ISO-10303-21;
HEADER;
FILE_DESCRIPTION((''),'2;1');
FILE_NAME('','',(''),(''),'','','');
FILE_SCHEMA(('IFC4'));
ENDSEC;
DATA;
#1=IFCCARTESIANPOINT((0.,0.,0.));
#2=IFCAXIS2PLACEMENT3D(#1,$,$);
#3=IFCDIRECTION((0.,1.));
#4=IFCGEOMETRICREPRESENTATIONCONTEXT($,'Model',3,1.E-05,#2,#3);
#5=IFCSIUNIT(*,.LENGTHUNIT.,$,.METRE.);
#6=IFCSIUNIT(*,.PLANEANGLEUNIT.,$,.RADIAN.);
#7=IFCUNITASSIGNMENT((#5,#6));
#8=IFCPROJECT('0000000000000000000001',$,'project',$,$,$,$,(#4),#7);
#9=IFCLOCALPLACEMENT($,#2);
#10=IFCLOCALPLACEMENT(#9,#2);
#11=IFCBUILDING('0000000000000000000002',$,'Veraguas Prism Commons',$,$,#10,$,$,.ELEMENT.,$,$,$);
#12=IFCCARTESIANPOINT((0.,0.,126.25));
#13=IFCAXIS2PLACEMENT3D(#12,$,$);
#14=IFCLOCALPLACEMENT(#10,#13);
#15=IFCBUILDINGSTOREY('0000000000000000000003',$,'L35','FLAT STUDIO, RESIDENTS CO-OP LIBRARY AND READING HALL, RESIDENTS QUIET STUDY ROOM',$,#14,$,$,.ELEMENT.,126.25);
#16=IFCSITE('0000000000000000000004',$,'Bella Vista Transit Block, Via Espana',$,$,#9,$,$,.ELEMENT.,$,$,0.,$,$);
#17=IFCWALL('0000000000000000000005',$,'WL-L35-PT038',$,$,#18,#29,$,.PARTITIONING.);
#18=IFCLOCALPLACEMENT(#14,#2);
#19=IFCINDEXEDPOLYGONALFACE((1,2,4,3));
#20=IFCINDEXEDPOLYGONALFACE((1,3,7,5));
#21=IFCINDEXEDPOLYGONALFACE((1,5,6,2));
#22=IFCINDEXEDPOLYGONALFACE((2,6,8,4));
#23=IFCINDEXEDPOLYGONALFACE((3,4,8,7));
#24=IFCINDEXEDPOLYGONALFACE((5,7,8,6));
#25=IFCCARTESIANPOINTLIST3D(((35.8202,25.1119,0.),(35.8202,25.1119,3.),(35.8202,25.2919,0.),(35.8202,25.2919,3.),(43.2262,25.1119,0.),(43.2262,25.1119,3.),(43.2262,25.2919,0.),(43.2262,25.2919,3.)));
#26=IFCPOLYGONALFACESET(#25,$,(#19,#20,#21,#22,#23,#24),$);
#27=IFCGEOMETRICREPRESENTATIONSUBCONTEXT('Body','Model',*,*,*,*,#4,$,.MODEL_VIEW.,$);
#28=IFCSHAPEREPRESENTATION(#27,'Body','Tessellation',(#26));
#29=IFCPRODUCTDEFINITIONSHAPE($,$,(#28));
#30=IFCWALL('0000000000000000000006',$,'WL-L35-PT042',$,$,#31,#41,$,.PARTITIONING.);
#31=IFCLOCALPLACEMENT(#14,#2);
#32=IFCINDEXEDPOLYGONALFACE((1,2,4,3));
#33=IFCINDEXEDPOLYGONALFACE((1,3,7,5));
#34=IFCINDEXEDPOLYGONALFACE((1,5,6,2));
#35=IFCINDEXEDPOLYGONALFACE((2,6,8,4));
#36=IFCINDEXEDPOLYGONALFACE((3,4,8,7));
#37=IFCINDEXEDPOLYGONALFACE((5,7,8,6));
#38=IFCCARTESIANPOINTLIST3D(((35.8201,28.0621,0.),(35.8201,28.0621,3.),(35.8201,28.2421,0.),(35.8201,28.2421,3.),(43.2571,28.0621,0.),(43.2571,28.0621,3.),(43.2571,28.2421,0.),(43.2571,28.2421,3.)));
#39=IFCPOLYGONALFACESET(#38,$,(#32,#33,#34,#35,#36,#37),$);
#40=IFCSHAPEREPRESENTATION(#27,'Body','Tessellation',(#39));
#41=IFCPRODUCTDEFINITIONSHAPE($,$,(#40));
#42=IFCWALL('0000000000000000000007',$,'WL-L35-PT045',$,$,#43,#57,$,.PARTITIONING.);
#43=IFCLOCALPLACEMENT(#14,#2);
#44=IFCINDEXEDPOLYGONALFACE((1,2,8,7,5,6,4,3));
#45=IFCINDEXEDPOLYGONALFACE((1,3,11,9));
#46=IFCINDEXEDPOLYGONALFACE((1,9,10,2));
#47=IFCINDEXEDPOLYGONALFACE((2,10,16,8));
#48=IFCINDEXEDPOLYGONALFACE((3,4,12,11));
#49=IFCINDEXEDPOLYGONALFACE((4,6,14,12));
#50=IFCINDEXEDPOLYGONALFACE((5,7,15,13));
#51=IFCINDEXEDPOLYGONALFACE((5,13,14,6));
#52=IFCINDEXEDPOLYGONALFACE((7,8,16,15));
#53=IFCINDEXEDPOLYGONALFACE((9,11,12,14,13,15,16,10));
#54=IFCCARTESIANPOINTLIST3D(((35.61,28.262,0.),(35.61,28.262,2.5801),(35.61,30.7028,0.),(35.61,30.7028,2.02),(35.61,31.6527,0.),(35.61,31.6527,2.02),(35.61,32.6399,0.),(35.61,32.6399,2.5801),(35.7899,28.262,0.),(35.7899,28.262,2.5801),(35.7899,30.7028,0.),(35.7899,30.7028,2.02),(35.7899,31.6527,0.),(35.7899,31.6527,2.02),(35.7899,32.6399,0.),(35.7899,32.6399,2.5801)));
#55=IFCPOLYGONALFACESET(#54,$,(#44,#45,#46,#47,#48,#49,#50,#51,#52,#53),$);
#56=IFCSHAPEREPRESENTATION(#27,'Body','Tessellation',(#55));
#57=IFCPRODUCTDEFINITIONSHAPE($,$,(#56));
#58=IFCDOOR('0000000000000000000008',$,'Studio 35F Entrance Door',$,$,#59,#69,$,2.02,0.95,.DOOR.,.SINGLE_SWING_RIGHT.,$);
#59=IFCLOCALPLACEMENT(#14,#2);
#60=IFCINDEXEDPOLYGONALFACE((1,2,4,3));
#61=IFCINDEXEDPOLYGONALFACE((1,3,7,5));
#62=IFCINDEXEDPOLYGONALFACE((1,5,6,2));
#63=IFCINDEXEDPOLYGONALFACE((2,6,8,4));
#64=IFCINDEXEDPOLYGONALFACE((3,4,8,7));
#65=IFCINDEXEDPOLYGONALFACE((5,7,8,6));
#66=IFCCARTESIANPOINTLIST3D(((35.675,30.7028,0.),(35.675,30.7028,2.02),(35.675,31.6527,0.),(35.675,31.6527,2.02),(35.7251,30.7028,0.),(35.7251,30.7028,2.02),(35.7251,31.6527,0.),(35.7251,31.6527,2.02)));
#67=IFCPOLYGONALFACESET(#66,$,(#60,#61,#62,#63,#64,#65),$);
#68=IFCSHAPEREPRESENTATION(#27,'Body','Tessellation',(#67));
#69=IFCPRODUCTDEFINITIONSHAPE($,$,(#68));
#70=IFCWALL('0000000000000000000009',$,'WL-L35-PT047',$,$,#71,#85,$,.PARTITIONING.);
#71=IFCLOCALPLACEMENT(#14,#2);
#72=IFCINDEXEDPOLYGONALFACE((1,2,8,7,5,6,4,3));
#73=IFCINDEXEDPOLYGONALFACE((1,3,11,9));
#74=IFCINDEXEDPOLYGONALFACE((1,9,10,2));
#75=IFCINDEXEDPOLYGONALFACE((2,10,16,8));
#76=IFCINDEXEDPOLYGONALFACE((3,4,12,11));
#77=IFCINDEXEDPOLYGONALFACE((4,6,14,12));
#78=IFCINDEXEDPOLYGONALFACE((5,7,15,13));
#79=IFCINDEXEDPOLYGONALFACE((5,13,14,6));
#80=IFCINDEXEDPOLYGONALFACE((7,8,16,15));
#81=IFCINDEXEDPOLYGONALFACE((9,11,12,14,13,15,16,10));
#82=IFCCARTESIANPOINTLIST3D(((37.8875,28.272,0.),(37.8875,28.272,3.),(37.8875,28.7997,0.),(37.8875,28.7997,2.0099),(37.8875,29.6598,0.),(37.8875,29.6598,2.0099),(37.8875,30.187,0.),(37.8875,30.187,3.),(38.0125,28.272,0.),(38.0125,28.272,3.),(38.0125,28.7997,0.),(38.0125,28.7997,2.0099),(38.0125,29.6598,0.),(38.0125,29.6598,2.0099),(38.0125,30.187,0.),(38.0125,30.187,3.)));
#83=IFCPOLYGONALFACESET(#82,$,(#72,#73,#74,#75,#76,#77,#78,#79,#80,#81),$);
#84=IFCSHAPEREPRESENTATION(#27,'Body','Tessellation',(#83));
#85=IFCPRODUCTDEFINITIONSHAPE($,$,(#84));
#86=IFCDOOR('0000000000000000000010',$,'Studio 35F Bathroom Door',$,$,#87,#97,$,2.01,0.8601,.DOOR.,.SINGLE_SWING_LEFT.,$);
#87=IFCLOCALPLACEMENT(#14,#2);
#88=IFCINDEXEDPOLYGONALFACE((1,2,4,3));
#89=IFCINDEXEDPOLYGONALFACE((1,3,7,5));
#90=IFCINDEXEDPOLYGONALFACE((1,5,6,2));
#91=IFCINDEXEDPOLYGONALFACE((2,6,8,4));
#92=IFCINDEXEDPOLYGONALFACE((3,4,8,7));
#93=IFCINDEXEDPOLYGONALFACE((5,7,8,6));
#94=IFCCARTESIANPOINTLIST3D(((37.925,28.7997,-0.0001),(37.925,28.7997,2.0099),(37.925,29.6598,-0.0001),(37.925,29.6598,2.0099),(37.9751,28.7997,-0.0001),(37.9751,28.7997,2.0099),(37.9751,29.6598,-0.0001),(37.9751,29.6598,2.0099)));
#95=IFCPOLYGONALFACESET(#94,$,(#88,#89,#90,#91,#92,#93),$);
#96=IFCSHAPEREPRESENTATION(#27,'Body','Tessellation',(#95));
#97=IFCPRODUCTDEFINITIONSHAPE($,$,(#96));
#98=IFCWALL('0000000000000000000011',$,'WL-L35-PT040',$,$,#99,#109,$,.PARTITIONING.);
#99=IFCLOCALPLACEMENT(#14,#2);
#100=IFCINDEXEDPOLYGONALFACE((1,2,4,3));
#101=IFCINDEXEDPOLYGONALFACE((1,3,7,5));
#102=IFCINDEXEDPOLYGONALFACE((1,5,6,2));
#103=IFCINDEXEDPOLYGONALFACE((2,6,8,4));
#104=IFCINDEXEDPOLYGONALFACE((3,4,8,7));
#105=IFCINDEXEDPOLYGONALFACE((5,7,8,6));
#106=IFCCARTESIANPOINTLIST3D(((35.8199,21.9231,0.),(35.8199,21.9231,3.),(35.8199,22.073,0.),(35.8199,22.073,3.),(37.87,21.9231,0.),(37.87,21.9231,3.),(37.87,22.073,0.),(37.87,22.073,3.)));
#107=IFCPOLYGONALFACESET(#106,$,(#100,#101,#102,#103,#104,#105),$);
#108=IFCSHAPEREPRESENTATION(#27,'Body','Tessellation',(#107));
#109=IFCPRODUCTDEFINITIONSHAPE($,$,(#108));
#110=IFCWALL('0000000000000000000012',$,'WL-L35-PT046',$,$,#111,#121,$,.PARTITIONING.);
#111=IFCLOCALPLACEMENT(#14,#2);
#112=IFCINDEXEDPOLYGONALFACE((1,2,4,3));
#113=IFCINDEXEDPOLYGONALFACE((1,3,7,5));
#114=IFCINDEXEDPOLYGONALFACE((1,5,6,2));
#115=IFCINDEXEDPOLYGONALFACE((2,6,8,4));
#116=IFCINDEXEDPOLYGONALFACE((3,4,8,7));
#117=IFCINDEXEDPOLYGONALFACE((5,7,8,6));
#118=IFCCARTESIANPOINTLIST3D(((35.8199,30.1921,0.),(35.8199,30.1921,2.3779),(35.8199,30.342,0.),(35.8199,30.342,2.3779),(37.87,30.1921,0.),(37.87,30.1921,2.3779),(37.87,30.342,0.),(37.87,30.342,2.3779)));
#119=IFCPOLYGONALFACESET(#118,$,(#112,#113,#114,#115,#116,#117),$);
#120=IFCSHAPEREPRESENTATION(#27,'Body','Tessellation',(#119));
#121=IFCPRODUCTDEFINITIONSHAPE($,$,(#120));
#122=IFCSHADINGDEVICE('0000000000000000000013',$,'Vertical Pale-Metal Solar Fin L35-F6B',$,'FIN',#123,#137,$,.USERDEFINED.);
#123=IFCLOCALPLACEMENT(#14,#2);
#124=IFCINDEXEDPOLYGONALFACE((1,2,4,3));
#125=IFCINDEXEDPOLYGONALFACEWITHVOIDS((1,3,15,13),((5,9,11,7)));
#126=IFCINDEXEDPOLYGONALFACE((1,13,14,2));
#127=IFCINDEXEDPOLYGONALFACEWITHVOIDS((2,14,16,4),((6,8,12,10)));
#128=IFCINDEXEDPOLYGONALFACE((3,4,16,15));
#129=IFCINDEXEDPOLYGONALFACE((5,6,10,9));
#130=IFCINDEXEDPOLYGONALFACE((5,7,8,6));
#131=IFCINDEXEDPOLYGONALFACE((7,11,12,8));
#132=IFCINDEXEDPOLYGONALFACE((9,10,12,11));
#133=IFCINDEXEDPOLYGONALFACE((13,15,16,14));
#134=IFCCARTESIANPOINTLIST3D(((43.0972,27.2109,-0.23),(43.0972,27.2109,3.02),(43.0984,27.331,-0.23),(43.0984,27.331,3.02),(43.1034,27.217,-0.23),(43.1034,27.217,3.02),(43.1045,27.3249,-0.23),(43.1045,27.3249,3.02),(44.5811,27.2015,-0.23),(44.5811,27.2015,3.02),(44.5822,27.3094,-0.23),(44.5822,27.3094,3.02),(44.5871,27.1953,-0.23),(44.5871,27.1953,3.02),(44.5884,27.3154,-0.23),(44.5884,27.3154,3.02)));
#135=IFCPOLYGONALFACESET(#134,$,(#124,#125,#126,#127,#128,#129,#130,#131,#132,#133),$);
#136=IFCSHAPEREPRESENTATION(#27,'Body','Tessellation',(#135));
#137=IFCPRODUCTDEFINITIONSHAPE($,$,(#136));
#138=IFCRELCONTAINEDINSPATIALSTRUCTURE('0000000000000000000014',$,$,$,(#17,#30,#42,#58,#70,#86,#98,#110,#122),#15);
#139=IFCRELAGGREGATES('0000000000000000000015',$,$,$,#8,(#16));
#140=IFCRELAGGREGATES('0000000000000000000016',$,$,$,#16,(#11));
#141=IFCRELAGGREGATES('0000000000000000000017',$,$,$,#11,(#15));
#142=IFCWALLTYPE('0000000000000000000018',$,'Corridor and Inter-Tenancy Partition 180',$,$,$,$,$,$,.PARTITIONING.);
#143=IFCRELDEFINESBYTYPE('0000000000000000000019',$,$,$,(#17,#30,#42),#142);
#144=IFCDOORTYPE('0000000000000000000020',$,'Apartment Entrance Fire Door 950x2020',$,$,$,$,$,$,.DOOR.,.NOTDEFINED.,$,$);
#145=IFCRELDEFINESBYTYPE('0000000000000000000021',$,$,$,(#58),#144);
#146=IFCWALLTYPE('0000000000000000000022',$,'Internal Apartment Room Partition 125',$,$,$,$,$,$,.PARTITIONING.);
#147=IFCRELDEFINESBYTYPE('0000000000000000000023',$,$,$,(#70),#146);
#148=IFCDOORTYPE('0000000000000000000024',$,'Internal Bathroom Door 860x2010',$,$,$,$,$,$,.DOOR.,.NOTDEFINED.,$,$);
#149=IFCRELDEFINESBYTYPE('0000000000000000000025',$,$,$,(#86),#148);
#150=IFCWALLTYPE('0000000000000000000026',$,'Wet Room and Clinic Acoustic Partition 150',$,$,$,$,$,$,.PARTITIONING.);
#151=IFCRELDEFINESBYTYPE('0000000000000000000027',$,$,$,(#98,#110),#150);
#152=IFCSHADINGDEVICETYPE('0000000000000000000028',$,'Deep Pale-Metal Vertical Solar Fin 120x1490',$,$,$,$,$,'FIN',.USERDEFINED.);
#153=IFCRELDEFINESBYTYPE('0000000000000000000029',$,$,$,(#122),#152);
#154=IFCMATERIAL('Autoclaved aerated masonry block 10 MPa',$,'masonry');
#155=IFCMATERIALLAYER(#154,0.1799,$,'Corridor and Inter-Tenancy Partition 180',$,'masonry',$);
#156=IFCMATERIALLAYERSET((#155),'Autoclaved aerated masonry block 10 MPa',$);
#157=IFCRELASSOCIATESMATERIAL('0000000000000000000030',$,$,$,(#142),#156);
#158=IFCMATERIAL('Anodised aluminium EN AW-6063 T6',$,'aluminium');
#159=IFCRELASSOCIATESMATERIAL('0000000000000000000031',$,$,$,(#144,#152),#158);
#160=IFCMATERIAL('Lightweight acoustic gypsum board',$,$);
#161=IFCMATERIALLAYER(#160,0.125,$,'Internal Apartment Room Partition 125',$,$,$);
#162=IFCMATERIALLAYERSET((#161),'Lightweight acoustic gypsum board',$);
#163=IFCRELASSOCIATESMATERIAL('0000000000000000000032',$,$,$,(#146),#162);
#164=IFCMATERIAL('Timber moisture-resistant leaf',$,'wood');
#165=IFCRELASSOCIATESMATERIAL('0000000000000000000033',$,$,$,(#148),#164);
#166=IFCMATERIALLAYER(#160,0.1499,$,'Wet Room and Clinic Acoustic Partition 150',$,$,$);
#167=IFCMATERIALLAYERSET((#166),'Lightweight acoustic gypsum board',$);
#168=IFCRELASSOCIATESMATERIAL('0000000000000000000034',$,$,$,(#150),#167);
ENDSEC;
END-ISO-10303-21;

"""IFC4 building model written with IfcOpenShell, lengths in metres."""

from ifc_helpers import new_model, si_unit, direction, frame, frame_2d, origin, origin_2d, place, context, subcontext, project, spatial, rectangle, hollow_rectangle, extrude, source, transform, mapped, material, layer, layer_set, material_profile, profile_set, type_object, element, fill, save


model = new_model("IFC4")

# Units and contexts
model_context = context("Model", 3, precision=1e-05, world=origin(), true_north=direction((0.0, 1.0)))
body_context = subcontext(model_context, "Body", "Model", "MODEL_VIEW")
ifc_project = project(units=[si_unit("LENGTHUNIT", "METRE"), si_unit("PLANEANGLEUNIT", "RADIAN")], contexts=[model_context])

# Site, building, storey
site_placement = place(None, origin())
site = spatial("IfcSite", under=ifc_project, at=site_placement, Name="Bella Vista Transit Block, Via Espana", CompositionType="ELEMENT", RefElevation=0.0)
building_placement = place(site_placement, origin())
building = spatial("IfcBuilding", under=site, at=building_placement, Name="Veraguas Prism Commons", CompositionType="ELEMENT")
storey_placement = place(building_placement, frame((0.0, 0.0, 126.25)))
storey = spatial("IfcBuildingStorey", under=building, at=storey_placement, Name="L35", Description="FLAT STUDIO, RESIDENTS CO-OP LIBRARY AND READING HALL, RESIDENTS QUIET STUDY ROOM", CompositionType="ELEMENT", Elevation=126.25)

# Shared definitions
ifc_material_1 = material(Name="Anodised aluminium EN AW-6063 T6", Category="aluminium")

# Walls
ifc_material_2 = material(Name="Autoclaved aerated masonry block 10 MPa", Category="masonry")
ifc_layer_1 = layer(ifc_material_2, 0.1799, Name="Corridor and Inter-Tenancy Partition 180", Category="masonry")
ifc_layer_set_1 = layer_set([ifc_layer_1], Name="Autoclaved aerated masonry block 10 MPa")
wall_type_1 = type_object("IfcWallType", Name="Corridor and Inter-Tenancy Partition 180", PredefinedType="PARTITIONING", material=ifc_layer_set_1)
wall_1_placement = place(storey_placement, frame((35.8201, 25.2019, 0.0), z_axis=(0.0, 0.0, 1.0), x_axis=(1.0, 0.0, 0.0)))
element("IfcWall", 1, at=wall_1_placement, inside=storey, type_object=wall_type_1, Name="WL-L35-PT038", PredefinedType="PARTITIONING", context=body_context, shape_type="SweptSolid", body=[
    extrude(rectangle(XDim=7.406, YDim=0.1799, at=frame_2d((3.7031, 0.0))), origin(), (0.0, 0.0, 1.0), 3.0),
])
wall_2_placement = place(storey_placement, frame((35.8201, 28.1521, 0.0), z_axis=(0.0, 0.0, 1.0), x_axis=(1.0, 0.0, 0.0)))
element("IfcWall", 2, at=wall_2_placement, inside=storey, type_object=wall_type_1, Name="WL-L35-PT042", PredefinedType="PARTITIONING", context=body_context, shape_type="SweptSolid", body=[
    extrude(rectangle(XDim=7.437, YDim=0.1799, at=frame_2d((3.7185, 0.0))), origin(), (0.0, 0.0, 1.0), 3.0),
])

# Walls, openings, doors
wall_3_placement = place(storey_placement, frame((35.7, 28.262, 0.0), z_axis=(0.0, 0.0, 1.0), x_axis=(0.0, 1.0, 0.0)))
wall_3 = element("IfcWall", 3, at=wall_3_placement, inside=storey, type_object=wall_type_1, Name="WL-L35-PT045", PredefinedType="PARTITIONING", context=body_context, shape_type="SweptSolid", body=[
    extrude(rectangle(XDim=4.3779, YDim=0.1799, at=frame_2d((2.189, 0.0))), origin(), (0.0, 0.0, 1.0), 2.5801),
])
opening_1_placement = place(wall_3_placement, frame((2.4407, 0.0, 0.0)))
opening_1 = element("IfcOpeningElement", 4, at=opening_1_placement, cuts=wall_3, PredefinedType="OPENING", context=body_context, shape_type="SweptSolid", body=[
    extrude(rectangle(XDim=0.95, YDim=2.02, at=frame_2d((0.4751, 1.01))), frame((0.0, 0.0999, 0.0), z_axis=(0.0, -1.0, 0.0), x_axis=(1.0, 0.0, 0.0)), (0.0, 0.0, 1.0), 0.2),
])
door_type_1 = type_object("IfcDoorType", Name="Apartment Entrance Fire Door 950x2020", OperationType="NOTDEFINED", PredefinedType="DOOR", material=ifc_material_1)
shared_shape_1 = source(origin(), body_context, "Body", "SweptSolid", [
    extrude(rectangle(XDim=0.95, YDim=2.02, at=frame_2d((0.4751, 1.01))), frame((0.0, 0.0249, 0.0), z_axis=(0.0, -1.0, 0.0), x_axis=(1.0, 0.0, 0.0)), (0.0, 0.0, 1.0), 0.05),
])
door_1_placement = place(opening_1_placement, origin())
door_1 = element("IfcDoor", 5, at=door_1_placement, inside=storey, type_object=door_type_1, Name="Studio 35F Entrance Door", OperationType="SINGLE_SWING_RIGHT", OverallHeight=2.02, OverallWidth=0.95, PredefinedType="DOOR", context=body_context, shape_type="MappedRepresentation", body=[
    mapped(shared_shape_1, transform((0.0, 0.0, 0.0), scale=1.0)),
])
fill(opening_1, door_1)
ifc_material_3 = material(Name="Lightweight acoustic gypsum board")
ifc_layer_2 = layer(ifc_material_3, 0.125, Name="Internal Apartment Room Partition 125")
ifc_layer_set_2 = layer_set([ifc_layer_2], Name="Lightweight acoustic gypsum board")
wall_type_2 = type_object("IfcWallType", Name="Internal Apartment Room Partition 125", PredefinedType="PARTITIONING", material=ifc_layer_set_2)
wall_4_placement = place(storey_placement, frame((37.95, 28.272, 0.0), z_axis=(0.0, 0.0, 1.0), x_axis=(0.0, 1.0, 0.0)))
wall_4 = element("IfcWall", 6, at=wall_4_placement, inside=storey, type_object=wall_type_2, Name="WL-L35-PT047", PredefinedType="PARTITIONING", context=body_context, shape_type="SweptSolid", body=[
    extrude(rectangle(XDim=1.915, YDim=0.125, at=frame_2d((0.9575, 0.0))), origin(), (0.0, 0.0, 1.0), 3.0),
])
opening_2_placement = place(wall_4_placement, frame((0.5276, 0.0, 0.0)))
opening_2 = element("IfcOpeningElement", 7, at=opening_2_placement, cuts=wall_4, PredefinedType="OPENING", context=body_context, shape_type="SweptSolid", body=[
    extrude(rectangle(XDim=0.8601, YDim=2.01, at=frame_2d((0.4302, 1.0049))), frame((0.0, 0.0725, 0.0), z_axis=(0.0, -1.0, 0.0), x_axis=(1.0, 0.0, 0.0)), (0.0, 0.0, 1.0), 0.145),
])
ifc_material_4 = material(Name="Timber moisture-resistant leaf", Category="wood")
door_type_2 = type_object("IfcDoorType", Name="Internal Bathroom Door 860x2010", OperationType="NOTDEFINED", PredefinedType="DOOR", material=ifc_material_4)
shared_shape_2 = source(origin(), body_context, "Body", "SweptSolid", [
    extrude(rectangle(XDim=0.8601, YDim=2.01, at=frame_2d((0.4302, 1.0049))), frame((0.0, 0.0249, 0.0), z_axis=(0.0, -1.0, 0.0), x_axis=(1.0, 0.0, 0.0)), (0.0, 0.0, 1.0), 0.05),
])
door_2_placement = place(opening_2_placement, origin())
door_2 = element("IfcDoor", 8, at=door_2_placement, inside=storey, type_object=door_type_2, Name="Studio 35F Bathroom Door", OperationType="SINGLE_SWING_LEFT", OverallHeight=2.01, OverallWidth=0.8601, PredefinedType="DOOR", context=body_context, shape_type="MappedRepresentation", body=[
    mapped(shared_shape_2, transform((0.0, 0.0, 0.0), scale=1.0)),
])
fill(opening_2, door_2)

# Walls
ifc_layer_3 = layer(ifc_material_3, 0.1499, Name="Wet Room and Clinic Acoustic Partition 150")
ifc_layer_set_3 = layer_set([ifc_layer_3], Name="Lightweight acoustic gypsum board")
wall_type_3 = type_object("IfcWallType", Name="Wet Room and Clinic Acoustic Partition 150", PredefinedType="PARTITIONING", material=ifc_layer_set_3)
wall_5_placement = place(storey_placement, frame((35.8201, 21.998, 0.0), z_axis=(0.0, 0.0, 1.0), x_axis=(1.0, 0.0, 0.0)))
element("IfcWall", 9, at=wall_5_placement, inside=storey, type_object=wall_type_3, Name="WL-L35-PT040", PredefinedType="PARTITIONING", context=body_context, shape_type="SweptSolid", body=[
    extrude(rectangle(XDim=2.05, YDim=0.1499, at=frame_2d((1.0249, 0.0))), origin(), (0.0, 0.0, 1.0), 3.0),
])
wall_6_placement = place(storey_placement, frame((35.8201, 30.2671, 0.0), z_axis=(0.0, 0.0, 1.0), x_axis=(1.0, 0.0, 0.0)))
element("IfcWall", 10, at=wall_6_placement, inside=storey, type_object=wall_type_3, Name="WL-L35-PT046", PredefinedType="PARTITIONING", context=body_context, shape_type="SweptSolid", body=[
    extrude(rectangle(XDim=2.05, YDim=0.1499, at=frame_2d((1.0249, 0.0))), origin(), (0.0, 0.0, 1.0), 2.3779),
])

# Shading device
ifc_material_profile_1 = material_profile(ifc_material_1, hollow_rectangle(XDim=0.1201, YDim=1.49, WallThickness=0.0061, at=origin_2d()), Name="FIN120X1490X6")
ifc_profile_set_1 = profile_set([ifc_material_profile_1], Name="Anodised aluminium EN AW-6063 T6")
shading_device_type = type_object("IfcShadingDeviceType", Name="Deep Pale-Metal Vertical Solar Fin 120x1490", ElementType="FIN", PredefinedType="USERDEFINED", material=ifc_profile_set_1)
shading_device_placement = place(storey_placement, frame((43.8428, 27.2632, -0.23), z_axis=(0.0, 0.0, 1.0), x_axis=(0.010475, 0.999945, 0.0)))
element("IfcShadingDevice", 11, at=shading_device_placement, inside=storey, type_object=shading_device_type, Name="Vertical Pale-Metal Solar Fin L35-F6B", ObjectType="FIN", PredefinedType="USERDEFINED", context=body_context, shape_type="SweptSolid", body=[
    extrude(hollow_rectangle(XDim=0.1201, YDim=1.49, WallThickness=0.0061, at=origin_2d()), origin(), (0.0, 0.0, 1.0), 3.25),
])

save(model, "model.ifc")
